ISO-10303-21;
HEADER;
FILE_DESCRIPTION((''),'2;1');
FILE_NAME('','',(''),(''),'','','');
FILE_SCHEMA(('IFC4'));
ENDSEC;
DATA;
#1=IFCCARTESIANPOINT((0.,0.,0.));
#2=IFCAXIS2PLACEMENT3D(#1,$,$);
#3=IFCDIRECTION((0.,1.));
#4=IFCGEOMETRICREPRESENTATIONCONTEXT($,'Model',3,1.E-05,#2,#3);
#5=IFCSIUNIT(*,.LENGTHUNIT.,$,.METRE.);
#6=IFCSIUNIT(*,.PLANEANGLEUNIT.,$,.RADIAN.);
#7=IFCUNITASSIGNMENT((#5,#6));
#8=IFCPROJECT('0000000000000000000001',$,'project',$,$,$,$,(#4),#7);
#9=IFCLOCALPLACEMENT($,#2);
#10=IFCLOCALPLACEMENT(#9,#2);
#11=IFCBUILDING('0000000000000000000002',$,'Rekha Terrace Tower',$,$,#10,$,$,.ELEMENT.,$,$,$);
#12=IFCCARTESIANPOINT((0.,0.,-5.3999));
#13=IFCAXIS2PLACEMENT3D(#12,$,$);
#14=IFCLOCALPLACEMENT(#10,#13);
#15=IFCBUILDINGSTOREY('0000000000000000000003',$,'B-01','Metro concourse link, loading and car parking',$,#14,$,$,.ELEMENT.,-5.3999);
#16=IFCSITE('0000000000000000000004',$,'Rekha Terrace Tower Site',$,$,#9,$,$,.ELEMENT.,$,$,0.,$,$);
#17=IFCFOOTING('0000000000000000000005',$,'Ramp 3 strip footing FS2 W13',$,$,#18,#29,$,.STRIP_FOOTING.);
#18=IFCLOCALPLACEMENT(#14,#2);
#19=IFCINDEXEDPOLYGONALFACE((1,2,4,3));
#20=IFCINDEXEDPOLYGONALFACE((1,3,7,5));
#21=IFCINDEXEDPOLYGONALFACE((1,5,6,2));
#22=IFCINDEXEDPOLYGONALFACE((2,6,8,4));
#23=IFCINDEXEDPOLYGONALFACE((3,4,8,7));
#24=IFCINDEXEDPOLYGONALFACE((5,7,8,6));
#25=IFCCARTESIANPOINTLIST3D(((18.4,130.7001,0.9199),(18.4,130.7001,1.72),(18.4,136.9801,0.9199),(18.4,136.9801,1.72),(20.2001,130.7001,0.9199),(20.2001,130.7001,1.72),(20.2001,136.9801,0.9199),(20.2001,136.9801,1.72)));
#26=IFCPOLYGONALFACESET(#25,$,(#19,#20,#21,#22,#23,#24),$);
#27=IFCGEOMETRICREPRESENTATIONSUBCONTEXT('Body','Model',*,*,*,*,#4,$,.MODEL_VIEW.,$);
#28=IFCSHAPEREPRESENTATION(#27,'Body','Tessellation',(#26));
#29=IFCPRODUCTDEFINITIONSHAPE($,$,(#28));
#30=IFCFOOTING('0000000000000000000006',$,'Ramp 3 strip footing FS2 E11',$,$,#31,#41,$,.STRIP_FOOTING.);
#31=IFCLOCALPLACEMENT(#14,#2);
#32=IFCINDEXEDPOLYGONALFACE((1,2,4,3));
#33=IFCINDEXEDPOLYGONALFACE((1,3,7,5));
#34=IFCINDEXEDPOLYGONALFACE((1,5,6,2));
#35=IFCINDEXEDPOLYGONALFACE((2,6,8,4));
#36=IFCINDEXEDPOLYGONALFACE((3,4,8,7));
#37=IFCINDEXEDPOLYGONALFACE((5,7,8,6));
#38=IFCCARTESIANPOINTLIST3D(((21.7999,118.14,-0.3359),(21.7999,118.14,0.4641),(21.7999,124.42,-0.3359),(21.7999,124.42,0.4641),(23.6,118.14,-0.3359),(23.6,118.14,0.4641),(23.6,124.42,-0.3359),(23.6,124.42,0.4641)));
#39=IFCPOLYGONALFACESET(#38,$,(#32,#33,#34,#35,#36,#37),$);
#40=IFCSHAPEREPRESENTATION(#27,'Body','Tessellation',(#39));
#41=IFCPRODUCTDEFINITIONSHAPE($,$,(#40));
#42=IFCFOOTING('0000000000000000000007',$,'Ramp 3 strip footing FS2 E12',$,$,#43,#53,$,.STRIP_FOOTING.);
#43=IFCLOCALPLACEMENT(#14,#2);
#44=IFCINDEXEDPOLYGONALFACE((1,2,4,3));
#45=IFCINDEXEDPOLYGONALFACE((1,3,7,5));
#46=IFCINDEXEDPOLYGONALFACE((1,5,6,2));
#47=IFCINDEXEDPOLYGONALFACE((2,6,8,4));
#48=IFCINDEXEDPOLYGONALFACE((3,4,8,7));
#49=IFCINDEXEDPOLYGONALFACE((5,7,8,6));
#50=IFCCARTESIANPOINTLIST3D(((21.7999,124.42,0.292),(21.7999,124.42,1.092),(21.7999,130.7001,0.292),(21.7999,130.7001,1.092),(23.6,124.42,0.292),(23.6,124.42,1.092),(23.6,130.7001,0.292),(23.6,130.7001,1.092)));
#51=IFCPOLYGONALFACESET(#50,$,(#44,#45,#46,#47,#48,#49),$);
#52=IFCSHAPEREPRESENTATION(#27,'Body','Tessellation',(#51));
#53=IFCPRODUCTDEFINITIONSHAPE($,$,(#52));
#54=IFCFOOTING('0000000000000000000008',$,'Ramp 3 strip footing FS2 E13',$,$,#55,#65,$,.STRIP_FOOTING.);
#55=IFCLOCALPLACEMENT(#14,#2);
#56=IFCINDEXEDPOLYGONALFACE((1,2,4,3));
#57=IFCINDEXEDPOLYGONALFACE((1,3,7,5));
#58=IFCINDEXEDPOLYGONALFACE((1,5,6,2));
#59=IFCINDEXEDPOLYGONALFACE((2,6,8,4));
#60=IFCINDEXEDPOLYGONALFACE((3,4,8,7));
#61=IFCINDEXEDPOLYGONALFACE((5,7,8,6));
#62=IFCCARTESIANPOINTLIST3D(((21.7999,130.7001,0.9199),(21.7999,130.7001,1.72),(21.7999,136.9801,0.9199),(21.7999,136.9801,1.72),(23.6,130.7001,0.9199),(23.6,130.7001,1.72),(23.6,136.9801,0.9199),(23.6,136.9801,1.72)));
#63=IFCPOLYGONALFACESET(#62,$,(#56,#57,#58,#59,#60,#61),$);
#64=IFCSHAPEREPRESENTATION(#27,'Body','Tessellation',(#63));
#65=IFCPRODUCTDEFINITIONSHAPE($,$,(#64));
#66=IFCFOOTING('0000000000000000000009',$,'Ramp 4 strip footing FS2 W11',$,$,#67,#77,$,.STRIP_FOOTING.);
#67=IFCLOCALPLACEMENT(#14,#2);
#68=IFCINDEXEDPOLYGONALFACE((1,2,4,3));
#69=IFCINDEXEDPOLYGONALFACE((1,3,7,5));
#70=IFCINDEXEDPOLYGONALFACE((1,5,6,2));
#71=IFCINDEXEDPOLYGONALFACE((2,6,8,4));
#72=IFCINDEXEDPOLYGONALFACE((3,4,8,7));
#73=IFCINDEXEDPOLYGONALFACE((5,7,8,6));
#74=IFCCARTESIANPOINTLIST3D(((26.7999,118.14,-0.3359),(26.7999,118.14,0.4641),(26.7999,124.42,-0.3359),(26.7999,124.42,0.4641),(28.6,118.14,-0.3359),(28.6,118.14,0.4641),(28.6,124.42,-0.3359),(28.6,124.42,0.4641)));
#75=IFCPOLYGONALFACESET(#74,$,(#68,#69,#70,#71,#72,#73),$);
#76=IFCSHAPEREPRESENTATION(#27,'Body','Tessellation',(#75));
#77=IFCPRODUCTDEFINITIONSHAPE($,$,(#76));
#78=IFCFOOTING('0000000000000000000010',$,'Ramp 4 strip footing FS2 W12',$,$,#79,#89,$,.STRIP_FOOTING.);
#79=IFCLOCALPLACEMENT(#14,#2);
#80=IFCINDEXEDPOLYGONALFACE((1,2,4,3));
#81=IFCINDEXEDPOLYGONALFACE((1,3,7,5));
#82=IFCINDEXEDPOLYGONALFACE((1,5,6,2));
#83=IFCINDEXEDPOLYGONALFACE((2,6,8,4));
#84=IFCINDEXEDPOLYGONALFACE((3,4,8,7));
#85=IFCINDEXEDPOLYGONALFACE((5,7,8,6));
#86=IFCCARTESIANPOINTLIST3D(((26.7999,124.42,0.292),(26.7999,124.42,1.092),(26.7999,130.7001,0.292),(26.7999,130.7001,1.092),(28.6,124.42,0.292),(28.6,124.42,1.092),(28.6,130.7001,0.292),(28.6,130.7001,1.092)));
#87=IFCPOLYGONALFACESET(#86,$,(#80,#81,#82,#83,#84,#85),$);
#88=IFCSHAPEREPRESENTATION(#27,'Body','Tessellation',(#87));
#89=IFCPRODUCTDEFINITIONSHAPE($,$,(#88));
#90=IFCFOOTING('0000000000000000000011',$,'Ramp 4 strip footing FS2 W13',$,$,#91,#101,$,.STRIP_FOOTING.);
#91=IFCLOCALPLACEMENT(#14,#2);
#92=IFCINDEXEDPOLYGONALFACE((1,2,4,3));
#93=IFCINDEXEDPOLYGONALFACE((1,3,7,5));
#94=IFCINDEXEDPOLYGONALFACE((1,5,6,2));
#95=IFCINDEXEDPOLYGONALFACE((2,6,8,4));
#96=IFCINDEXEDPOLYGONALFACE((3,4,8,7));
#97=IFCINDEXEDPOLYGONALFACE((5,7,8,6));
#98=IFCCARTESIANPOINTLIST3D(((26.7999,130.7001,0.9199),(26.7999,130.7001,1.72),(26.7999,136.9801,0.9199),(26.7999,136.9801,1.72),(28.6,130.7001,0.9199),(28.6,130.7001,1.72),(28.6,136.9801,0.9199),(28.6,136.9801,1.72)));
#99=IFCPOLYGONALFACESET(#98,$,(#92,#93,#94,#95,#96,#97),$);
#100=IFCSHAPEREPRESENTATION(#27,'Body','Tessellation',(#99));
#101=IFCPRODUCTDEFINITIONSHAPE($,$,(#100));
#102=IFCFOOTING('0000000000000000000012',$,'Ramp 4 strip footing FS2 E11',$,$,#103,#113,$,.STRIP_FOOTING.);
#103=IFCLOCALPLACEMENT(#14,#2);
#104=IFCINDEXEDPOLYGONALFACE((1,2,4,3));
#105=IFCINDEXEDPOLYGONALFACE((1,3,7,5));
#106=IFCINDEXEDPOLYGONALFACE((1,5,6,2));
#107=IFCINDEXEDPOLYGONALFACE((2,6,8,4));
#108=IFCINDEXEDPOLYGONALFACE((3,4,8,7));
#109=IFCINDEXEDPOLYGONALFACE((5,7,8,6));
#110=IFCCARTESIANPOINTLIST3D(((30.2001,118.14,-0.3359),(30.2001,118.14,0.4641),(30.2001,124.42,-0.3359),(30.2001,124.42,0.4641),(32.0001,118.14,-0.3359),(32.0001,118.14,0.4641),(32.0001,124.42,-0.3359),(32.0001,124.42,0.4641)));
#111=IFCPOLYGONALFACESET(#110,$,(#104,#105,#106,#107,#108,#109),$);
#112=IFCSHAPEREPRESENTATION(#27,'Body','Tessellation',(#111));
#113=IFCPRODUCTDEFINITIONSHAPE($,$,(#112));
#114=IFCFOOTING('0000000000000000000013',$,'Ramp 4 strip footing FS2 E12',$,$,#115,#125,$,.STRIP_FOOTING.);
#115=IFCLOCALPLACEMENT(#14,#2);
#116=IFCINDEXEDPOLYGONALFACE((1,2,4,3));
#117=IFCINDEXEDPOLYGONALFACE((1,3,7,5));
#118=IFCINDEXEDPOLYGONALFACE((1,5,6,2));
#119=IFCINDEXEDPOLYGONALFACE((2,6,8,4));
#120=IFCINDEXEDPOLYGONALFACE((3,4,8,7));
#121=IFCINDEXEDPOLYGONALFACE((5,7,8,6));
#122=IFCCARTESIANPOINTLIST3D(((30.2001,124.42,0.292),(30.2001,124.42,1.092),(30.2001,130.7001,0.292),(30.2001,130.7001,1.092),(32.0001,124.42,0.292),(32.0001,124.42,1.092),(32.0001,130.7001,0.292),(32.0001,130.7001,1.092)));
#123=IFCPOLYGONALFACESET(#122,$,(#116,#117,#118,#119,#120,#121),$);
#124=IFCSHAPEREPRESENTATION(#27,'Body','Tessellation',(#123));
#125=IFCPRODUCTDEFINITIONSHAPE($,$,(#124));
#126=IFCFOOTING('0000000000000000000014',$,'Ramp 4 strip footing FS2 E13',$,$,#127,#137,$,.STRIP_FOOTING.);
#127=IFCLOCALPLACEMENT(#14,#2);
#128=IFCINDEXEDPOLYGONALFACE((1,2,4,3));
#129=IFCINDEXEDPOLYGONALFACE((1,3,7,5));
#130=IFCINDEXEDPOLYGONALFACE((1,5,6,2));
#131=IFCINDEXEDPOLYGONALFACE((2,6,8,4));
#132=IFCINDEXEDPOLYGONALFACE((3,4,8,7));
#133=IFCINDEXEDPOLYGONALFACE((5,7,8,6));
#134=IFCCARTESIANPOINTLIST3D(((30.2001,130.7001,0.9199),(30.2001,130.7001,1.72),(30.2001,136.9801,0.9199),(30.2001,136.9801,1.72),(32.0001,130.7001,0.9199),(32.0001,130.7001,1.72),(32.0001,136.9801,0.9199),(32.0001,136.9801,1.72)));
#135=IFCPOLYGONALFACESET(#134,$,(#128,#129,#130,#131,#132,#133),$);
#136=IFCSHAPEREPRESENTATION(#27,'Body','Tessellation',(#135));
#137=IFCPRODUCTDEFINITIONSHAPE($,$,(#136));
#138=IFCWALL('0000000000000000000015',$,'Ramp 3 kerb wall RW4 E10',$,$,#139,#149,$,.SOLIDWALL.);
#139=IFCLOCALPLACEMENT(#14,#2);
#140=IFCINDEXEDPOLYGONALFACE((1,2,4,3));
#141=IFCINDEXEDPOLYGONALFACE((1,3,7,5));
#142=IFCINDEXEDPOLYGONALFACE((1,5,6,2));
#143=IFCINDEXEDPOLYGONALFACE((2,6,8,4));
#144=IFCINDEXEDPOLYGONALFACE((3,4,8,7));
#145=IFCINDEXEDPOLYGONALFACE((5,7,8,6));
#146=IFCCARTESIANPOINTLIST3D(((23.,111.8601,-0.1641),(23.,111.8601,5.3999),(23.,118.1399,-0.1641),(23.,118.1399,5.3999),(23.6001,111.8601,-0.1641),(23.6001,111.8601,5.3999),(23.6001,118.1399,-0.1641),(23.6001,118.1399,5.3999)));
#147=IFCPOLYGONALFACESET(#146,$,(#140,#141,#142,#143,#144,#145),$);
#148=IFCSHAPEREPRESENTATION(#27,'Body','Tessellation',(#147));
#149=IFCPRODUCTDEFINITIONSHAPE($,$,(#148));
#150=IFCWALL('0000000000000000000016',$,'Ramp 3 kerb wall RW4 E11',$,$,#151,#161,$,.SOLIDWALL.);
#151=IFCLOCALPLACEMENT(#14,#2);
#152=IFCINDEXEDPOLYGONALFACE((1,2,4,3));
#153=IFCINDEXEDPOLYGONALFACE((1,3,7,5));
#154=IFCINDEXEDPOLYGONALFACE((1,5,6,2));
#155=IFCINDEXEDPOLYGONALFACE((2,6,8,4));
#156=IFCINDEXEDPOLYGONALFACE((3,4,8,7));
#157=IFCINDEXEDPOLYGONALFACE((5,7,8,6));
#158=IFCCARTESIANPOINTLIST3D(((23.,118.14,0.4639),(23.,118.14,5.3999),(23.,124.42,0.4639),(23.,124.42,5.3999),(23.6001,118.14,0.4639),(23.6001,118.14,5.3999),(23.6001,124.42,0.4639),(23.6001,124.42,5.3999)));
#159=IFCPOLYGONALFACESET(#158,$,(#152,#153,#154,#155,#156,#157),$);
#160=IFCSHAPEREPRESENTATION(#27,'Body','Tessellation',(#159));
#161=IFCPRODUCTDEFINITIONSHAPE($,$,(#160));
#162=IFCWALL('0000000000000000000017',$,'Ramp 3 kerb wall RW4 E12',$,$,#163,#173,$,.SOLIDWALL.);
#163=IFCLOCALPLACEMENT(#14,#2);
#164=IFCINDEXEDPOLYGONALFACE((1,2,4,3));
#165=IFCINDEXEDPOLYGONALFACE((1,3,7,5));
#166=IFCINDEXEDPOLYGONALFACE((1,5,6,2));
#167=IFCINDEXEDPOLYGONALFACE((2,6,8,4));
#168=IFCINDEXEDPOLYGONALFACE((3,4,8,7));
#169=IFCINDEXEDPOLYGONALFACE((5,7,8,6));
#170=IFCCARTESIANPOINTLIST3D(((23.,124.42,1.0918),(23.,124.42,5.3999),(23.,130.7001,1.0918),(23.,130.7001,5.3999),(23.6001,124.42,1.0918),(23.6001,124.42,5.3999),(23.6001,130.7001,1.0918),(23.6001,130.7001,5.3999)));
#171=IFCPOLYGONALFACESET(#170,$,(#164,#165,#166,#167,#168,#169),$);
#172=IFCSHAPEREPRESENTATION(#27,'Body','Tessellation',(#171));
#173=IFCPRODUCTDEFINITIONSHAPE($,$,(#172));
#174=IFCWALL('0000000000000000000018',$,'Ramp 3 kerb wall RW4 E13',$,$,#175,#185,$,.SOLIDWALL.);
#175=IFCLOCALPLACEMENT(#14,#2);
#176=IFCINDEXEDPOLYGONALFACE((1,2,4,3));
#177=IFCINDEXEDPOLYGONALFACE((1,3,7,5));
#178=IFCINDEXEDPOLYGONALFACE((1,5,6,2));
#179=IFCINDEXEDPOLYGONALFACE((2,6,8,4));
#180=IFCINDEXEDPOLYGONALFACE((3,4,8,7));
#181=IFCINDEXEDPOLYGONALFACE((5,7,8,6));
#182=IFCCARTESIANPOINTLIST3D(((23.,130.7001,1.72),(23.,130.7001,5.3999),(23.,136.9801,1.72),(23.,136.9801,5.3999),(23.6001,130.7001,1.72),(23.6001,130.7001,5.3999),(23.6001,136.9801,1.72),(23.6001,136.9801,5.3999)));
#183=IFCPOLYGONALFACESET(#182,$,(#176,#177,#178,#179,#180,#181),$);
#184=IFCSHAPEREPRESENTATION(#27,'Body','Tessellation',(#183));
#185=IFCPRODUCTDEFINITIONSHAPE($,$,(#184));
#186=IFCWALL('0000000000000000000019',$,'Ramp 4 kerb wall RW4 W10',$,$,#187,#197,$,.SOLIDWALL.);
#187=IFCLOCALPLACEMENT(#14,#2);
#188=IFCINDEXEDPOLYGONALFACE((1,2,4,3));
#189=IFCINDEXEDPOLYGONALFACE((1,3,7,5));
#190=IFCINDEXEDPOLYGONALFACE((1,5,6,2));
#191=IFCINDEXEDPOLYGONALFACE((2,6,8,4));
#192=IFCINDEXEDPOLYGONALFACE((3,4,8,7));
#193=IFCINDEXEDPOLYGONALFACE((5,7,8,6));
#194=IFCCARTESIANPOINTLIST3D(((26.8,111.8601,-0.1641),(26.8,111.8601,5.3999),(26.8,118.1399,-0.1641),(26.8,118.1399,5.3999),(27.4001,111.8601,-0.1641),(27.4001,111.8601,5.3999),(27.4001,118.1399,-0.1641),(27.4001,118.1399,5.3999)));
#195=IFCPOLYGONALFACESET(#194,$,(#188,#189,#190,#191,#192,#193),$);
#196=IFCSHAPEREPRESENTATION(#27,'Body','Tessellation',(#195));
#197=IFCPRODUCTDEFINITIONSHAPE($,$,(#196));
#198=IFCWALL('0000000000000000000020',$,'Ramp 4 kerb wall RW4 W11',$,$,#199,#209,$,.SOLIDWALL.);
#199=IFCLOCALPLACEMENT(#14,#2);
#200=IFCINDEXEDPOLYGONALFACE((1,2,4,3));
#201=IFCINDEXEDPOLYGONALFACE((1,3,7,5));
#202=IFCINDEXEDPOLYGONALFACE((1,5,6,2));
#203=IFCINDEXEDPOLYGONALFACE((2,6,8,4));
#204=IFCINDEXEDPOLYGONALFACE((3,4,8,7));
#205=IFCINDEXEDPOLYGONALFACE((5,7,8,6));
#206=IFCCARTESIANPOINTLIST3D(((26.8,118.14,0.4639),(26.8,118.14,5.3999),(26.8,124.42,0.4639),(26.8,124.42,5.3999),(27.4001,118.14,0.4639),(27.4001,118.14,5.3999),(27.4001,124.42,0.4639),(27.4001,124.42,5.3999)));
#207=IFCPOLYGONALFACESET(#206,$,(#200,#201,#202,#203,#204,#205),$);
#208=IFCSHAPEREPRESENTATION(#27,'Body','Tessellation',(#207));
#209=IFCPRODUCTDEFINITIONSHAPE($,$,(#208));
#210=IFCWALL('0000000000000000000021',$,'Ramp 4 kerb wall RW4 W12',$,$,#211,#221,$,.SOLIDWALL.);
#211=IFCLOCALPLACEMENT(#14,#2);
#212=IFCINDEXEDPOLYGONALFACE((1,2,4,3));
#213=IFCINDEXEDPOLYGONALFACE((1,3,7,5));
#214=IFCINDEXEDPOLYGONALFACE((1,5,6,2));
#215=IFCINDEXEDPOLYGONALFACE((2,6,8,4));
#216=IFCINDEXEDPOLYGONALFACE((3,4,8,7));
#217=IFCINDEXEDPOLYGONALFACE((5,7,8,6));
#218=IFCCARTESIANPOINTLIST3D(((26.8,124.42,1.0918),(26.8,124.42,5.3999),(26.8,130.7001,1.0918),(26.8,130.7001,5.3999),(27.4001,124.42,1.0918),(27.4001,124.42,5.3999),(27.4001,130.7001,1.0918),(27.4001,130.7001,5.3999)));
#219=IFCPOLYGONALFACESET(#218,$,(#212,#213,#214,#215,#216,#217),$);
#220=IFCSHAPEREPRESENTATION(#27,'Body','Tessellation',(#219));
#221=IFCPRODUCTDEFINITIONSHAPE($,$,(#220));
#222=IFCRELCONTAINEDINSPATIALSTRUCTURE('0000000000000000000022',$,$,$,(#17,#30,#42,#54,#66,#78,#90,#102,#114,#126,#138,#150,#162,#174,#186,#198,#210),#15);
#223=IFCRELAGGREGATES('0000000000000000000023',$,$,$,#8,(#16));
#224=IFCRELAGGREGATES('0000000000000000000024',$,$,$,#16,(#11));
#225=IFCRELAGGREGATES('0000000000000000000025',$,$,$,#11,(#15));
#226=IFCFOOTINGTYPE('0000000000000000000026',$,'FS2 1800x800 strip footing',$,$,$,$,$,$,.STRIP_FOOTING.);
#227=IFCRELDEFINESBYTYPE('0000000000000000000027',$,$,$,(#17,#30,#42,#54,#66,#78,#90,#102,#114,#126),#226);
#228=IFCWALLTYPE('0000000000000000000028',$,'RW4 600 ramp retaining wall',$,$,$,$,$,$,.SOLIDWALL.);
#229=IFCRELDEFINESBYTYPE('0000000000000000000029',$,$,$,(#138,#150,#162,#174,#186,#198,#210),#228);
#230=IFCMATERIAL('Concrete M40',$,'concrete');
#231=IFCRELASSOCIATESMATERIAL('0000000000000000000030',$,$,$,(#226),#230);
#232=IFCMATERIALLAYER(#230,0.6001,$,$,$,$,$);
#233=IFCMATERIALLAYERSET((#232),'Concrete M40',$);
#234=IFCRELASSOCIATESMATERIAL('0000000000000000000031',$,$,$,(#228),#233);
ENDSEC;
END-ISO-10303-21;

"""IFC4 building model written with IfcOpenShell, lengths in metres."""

from ifc_helpers import new_model, si_unit, direction, frame, frame_2d, origin, origin_2d, place, context, subcontext, project, spatial, rectangle, extrude, material, layer, layer_set, type_object, element, save


model = new_model("IFC4")

# Units and contexts
model_context = context("Model", 3, precision=1e-05, world=origin(), true_north=direction((0.0, 1.0)))
body_context = subcontext(model_context, "Body", "Model", "MODEL_VIEW")
ifc_project = project(units=[si_unit("LENGTHUNIT", "METRE"), si_unit("PLANEANGLEUNIT", "RADIAN")], contexts=[model_context])

# Site, building, storey
site_placement = place(None, origin())
site = spatial("IfcSite", under=ifc_project, at=site_placement, Name="Rekha Terrace Tower Site", CompositionType="ELEMENT", RefElevation=0.0)
building_placement = place(site_placement, origin())
building = spatial("IfcBuilding", under=site, at=building_placement, Name="Rekha Terrace Tower", CompositionType="ELEMENT")
storey_placement = place(building_placement, frame((0.0, 0.0, -5.3999)))
storey = spatial("IfcBuildingStorey", under=building, at=storey_placement, Name="B-01", Description="Metro concourse link, loading and car parking", CompositionType="ELEMENT", Elevation=-5.3999)

# Footings
ifc_material = material(Name="Concrete M40", Category="concrete")
footing_type = type_object("IfcFootingType", Name="FS2 1800x800 strip footing", PredefinedType="STRIP_FOOTING", material=ifc_material)
for number, where, z_axis, x_axis, name in (
    (1, (19.3, 133.8401, 0.9199), (0.0, 0.0, 1.0), (1.0, 0.0, 0.0), "Ramp 3 strip footing FS2 W13"),
    (2, (22.7, 121.28, -0.3359), (0.0, 0.0, 1.0), (1.0, 0.0, 0.0), "Ramp 3 strip footing FS2 E11"),
    (3, (22.7, 127.5601, 0.292), (0.0, 0.0, 1.0), (1.0, 0.0, 0.0), "Ramp 3 strip footing FS2 E12"),
    (4, (22.7, 133.8401, 0.9199), (0.0, 0.0, 1.0), (1.0, 0.0, 0.0), "Ramp 3 strip footing FS2 E13"),
    (5, (27.7, 121.28, -0.3359), (0.0, 0.0, 1.0), (1.0, 0.0, 0.0), "Ramp 4 strip footing FS2 W11"),
    (6, (27.7, 127.5601, 0.292), (0.0, 0.0, 1.0), (1.0, 0.0, 0.0), "Ramp 4 strip footing FS2 W12"),
    (7, (27.7, 133.8401, 0.9199), (0.0, 0.0, 1.0), (1.0, 0.0, 0.0), "Ramp 4 strip footing FS2 W13"),
    (8, (31.1001, 121.28, -0.3359), (0.0, 0.0, 1.0), (1.0, 0.0, 0.0), "Ramp 4 strip footing FS2 E11"),
    (9, (31.1001, 127.5601, 0.292), (0.0, 0.0, 1.0), (1.0, 0.0, 0.0), "Ramp 4 strip footing FS2 E12"),
    (10, (31.1001, 133.8401, 0.9199), (0.0, 0.0, 1.0), (1.0, 0.0, 0.0), "Ramp 4 strip footing FS2 E13"),
):
    element("IfcFooting", number, at=place(storey_placement, frame(where, z_axis=z_axis, x_axis=x_axis)), inside=storey, type_object=footing_type, Name=name, PredefinedType="STRIP_FOOTING", context=body_context, shape_type="SweptSolid", body=[
        extrude(rectangle(XDim=1.8, YDim=6.28, at=origin_2d()), origin(), (0.0, 0.0, 1.0), 0.8),
    ])

# Walls
ifc_layer = layer(ifc_material, 0.6001)
ifc_layer_set = layer_set([ifc_layer], Name="Concrete M40")
wall_type = type_object("IfcWallType", Name="RW4 600 ramp retaining wall", PredefinedType="SOLIDWALL", material=ifc_layer_set)
wall_1_placement = place(storey_placement, frame((23.3, 111.8601, -0.1641), z_axis=(0.0, 0.0, 1.0), x_axis=(0.0, 1.0, 0.0)))
element("IfcWall", 11, at=wall_1_placement, inside=storey, type_object=wall_type, Name="Ramp 3 kerb wall RW4 E10", PredefinedType="SOLIDWALL", context=body_context, shape_type="SweptSolid", body=[
    extrude(rectangle(XDim=6.2798, YDim=0.6001, at=frame_2d((3.1399, 0.0))), origin(), (0.0, 0.0, 1.0), 5.564),
])
wall_2_placement = place(storey_placement, frame((23.3, 118.1399, 0.4639), z_axis=(0.0, 0.0, 1.0), x_axis=(0.0, 1.0, 0.0)))
element("IfcWall", 12, at=wall_2_placement, inside=storey, type_object=wall_type, Name="Ramp 3 kerb wall RW4 E11", PredefinedType="SOLIDWALL", context=body_context, shape_type="SweptSolid", body=[
    extrude(rectangle(XDim=6.28, YDim=0.6001, at=frame_2d((3.1401, 0.0))), origin(), (0.0, 0.0, 1.0), 4.936),
])
wall_3_placement = place(storey_placement, frame((23.3, 124.4199, 1.0918), z_axis=(0.0, 0.0, 1.0), x_axis=(0.0, 1.0, 0.0)))
element("IfcWall", 13, at=wall_3_placement, inside=storey, type_object=wall_type, Name="Ramp 3 kerb wall RW4 E12", PredefinedType="SOLIDWALL", context=body_context, shape_type="SweptSolid", body=[
    extrude(rectangle(XDim=6.28, YDim=0.6001, at=frame_2d((3.1401, 0.0))), origin(), (0.0, 0.0, 1.0), 4.3081),
])
wall_4_placement = place(storey_placement, frame((23.3, 130.7, 1.72), z_axis=(0.0, 0.0, 1.0), x_axis=(0.0, 1.0, 0.0)))
element("IfcWall", 14, at=wall_4_placement, inside=storey, type_object=wall_type, Name="Ramp 3 kerb wall RW4 E13", PredefinedType="SOLIDWALL", context=body_context, shape_type="SweptSolid", body=[
    extrude(rectangle(XDim=6.28, YDim=0.6001, at=frame_2d((3.1401, 0.0))), origin(), (0.0, 0.0, 1.0), 3.6799),
])
wall_5_placement = place(storey_placement, frame((27.1001, 111.8601, -0.1641), z_axis=(0.0, 0.0, 1.0), x_axis=(0.0, 1.0, 0.0)))
element("IfcWall", 15, at=wall_5_placement, inside=storey, type_object=wall_type, Name="Ramp 4 kerb wall RW4 W10", PredefinedType="SOLIDWALL", context=body_context, shape_type="SweptSolid", body=[
    extrude(rectangle(XDim=6.2798, YDim=0.6001, at=frame_2d((3.1399, 0.0))), origin(), (0.0, 0.0, 1.0), 5.564),
])
wall_6_placement = place(storey_placement, frame((27.1001, 118.1399, 0.4639), z_axis=(0.0, 0.0, 1.0), x_axis=(0.0, 1.0, 0.0)))
element("IfcWall", 16, at=wall_6_placement, inside=storey, type_object=wall_type, Name="Ramp 4 kerb wall RW4 W11", PredefinedType="SOLIDWALL", context=body_context, shape_type="SweptSolid", body=[
    extrude(rectangle(XDim=6.28, YDim=0.6001, at=frame_2d((3.1401, 0.0))), origin(), (0.0, 0.0, 1.0), 4.936),
])
wall_7_placement = place(storey_placement, frame((27.1001, 124.4199, 1.0918), z_axis=(0.0, 0.0, 1.0), x_axis=(0.0, 1.0, 0.0)))
element("IfcWall", 17, at=wall_7_placement, inside=storey, type_object=wall_type, Name="Ramp 4 kerb wall RW4 W12", PredefinedType="SOLIDWALL", context=body_context, shape_type="SweptSolid", body=[
    extrude(rectangle(XDim=6.28, YDim=0.6001, at=frame_2d((3.1401, 0.0))), origin(), (0.0, 0.0, 1.0), 4.3081),
])

save(model, "model.ifc")
